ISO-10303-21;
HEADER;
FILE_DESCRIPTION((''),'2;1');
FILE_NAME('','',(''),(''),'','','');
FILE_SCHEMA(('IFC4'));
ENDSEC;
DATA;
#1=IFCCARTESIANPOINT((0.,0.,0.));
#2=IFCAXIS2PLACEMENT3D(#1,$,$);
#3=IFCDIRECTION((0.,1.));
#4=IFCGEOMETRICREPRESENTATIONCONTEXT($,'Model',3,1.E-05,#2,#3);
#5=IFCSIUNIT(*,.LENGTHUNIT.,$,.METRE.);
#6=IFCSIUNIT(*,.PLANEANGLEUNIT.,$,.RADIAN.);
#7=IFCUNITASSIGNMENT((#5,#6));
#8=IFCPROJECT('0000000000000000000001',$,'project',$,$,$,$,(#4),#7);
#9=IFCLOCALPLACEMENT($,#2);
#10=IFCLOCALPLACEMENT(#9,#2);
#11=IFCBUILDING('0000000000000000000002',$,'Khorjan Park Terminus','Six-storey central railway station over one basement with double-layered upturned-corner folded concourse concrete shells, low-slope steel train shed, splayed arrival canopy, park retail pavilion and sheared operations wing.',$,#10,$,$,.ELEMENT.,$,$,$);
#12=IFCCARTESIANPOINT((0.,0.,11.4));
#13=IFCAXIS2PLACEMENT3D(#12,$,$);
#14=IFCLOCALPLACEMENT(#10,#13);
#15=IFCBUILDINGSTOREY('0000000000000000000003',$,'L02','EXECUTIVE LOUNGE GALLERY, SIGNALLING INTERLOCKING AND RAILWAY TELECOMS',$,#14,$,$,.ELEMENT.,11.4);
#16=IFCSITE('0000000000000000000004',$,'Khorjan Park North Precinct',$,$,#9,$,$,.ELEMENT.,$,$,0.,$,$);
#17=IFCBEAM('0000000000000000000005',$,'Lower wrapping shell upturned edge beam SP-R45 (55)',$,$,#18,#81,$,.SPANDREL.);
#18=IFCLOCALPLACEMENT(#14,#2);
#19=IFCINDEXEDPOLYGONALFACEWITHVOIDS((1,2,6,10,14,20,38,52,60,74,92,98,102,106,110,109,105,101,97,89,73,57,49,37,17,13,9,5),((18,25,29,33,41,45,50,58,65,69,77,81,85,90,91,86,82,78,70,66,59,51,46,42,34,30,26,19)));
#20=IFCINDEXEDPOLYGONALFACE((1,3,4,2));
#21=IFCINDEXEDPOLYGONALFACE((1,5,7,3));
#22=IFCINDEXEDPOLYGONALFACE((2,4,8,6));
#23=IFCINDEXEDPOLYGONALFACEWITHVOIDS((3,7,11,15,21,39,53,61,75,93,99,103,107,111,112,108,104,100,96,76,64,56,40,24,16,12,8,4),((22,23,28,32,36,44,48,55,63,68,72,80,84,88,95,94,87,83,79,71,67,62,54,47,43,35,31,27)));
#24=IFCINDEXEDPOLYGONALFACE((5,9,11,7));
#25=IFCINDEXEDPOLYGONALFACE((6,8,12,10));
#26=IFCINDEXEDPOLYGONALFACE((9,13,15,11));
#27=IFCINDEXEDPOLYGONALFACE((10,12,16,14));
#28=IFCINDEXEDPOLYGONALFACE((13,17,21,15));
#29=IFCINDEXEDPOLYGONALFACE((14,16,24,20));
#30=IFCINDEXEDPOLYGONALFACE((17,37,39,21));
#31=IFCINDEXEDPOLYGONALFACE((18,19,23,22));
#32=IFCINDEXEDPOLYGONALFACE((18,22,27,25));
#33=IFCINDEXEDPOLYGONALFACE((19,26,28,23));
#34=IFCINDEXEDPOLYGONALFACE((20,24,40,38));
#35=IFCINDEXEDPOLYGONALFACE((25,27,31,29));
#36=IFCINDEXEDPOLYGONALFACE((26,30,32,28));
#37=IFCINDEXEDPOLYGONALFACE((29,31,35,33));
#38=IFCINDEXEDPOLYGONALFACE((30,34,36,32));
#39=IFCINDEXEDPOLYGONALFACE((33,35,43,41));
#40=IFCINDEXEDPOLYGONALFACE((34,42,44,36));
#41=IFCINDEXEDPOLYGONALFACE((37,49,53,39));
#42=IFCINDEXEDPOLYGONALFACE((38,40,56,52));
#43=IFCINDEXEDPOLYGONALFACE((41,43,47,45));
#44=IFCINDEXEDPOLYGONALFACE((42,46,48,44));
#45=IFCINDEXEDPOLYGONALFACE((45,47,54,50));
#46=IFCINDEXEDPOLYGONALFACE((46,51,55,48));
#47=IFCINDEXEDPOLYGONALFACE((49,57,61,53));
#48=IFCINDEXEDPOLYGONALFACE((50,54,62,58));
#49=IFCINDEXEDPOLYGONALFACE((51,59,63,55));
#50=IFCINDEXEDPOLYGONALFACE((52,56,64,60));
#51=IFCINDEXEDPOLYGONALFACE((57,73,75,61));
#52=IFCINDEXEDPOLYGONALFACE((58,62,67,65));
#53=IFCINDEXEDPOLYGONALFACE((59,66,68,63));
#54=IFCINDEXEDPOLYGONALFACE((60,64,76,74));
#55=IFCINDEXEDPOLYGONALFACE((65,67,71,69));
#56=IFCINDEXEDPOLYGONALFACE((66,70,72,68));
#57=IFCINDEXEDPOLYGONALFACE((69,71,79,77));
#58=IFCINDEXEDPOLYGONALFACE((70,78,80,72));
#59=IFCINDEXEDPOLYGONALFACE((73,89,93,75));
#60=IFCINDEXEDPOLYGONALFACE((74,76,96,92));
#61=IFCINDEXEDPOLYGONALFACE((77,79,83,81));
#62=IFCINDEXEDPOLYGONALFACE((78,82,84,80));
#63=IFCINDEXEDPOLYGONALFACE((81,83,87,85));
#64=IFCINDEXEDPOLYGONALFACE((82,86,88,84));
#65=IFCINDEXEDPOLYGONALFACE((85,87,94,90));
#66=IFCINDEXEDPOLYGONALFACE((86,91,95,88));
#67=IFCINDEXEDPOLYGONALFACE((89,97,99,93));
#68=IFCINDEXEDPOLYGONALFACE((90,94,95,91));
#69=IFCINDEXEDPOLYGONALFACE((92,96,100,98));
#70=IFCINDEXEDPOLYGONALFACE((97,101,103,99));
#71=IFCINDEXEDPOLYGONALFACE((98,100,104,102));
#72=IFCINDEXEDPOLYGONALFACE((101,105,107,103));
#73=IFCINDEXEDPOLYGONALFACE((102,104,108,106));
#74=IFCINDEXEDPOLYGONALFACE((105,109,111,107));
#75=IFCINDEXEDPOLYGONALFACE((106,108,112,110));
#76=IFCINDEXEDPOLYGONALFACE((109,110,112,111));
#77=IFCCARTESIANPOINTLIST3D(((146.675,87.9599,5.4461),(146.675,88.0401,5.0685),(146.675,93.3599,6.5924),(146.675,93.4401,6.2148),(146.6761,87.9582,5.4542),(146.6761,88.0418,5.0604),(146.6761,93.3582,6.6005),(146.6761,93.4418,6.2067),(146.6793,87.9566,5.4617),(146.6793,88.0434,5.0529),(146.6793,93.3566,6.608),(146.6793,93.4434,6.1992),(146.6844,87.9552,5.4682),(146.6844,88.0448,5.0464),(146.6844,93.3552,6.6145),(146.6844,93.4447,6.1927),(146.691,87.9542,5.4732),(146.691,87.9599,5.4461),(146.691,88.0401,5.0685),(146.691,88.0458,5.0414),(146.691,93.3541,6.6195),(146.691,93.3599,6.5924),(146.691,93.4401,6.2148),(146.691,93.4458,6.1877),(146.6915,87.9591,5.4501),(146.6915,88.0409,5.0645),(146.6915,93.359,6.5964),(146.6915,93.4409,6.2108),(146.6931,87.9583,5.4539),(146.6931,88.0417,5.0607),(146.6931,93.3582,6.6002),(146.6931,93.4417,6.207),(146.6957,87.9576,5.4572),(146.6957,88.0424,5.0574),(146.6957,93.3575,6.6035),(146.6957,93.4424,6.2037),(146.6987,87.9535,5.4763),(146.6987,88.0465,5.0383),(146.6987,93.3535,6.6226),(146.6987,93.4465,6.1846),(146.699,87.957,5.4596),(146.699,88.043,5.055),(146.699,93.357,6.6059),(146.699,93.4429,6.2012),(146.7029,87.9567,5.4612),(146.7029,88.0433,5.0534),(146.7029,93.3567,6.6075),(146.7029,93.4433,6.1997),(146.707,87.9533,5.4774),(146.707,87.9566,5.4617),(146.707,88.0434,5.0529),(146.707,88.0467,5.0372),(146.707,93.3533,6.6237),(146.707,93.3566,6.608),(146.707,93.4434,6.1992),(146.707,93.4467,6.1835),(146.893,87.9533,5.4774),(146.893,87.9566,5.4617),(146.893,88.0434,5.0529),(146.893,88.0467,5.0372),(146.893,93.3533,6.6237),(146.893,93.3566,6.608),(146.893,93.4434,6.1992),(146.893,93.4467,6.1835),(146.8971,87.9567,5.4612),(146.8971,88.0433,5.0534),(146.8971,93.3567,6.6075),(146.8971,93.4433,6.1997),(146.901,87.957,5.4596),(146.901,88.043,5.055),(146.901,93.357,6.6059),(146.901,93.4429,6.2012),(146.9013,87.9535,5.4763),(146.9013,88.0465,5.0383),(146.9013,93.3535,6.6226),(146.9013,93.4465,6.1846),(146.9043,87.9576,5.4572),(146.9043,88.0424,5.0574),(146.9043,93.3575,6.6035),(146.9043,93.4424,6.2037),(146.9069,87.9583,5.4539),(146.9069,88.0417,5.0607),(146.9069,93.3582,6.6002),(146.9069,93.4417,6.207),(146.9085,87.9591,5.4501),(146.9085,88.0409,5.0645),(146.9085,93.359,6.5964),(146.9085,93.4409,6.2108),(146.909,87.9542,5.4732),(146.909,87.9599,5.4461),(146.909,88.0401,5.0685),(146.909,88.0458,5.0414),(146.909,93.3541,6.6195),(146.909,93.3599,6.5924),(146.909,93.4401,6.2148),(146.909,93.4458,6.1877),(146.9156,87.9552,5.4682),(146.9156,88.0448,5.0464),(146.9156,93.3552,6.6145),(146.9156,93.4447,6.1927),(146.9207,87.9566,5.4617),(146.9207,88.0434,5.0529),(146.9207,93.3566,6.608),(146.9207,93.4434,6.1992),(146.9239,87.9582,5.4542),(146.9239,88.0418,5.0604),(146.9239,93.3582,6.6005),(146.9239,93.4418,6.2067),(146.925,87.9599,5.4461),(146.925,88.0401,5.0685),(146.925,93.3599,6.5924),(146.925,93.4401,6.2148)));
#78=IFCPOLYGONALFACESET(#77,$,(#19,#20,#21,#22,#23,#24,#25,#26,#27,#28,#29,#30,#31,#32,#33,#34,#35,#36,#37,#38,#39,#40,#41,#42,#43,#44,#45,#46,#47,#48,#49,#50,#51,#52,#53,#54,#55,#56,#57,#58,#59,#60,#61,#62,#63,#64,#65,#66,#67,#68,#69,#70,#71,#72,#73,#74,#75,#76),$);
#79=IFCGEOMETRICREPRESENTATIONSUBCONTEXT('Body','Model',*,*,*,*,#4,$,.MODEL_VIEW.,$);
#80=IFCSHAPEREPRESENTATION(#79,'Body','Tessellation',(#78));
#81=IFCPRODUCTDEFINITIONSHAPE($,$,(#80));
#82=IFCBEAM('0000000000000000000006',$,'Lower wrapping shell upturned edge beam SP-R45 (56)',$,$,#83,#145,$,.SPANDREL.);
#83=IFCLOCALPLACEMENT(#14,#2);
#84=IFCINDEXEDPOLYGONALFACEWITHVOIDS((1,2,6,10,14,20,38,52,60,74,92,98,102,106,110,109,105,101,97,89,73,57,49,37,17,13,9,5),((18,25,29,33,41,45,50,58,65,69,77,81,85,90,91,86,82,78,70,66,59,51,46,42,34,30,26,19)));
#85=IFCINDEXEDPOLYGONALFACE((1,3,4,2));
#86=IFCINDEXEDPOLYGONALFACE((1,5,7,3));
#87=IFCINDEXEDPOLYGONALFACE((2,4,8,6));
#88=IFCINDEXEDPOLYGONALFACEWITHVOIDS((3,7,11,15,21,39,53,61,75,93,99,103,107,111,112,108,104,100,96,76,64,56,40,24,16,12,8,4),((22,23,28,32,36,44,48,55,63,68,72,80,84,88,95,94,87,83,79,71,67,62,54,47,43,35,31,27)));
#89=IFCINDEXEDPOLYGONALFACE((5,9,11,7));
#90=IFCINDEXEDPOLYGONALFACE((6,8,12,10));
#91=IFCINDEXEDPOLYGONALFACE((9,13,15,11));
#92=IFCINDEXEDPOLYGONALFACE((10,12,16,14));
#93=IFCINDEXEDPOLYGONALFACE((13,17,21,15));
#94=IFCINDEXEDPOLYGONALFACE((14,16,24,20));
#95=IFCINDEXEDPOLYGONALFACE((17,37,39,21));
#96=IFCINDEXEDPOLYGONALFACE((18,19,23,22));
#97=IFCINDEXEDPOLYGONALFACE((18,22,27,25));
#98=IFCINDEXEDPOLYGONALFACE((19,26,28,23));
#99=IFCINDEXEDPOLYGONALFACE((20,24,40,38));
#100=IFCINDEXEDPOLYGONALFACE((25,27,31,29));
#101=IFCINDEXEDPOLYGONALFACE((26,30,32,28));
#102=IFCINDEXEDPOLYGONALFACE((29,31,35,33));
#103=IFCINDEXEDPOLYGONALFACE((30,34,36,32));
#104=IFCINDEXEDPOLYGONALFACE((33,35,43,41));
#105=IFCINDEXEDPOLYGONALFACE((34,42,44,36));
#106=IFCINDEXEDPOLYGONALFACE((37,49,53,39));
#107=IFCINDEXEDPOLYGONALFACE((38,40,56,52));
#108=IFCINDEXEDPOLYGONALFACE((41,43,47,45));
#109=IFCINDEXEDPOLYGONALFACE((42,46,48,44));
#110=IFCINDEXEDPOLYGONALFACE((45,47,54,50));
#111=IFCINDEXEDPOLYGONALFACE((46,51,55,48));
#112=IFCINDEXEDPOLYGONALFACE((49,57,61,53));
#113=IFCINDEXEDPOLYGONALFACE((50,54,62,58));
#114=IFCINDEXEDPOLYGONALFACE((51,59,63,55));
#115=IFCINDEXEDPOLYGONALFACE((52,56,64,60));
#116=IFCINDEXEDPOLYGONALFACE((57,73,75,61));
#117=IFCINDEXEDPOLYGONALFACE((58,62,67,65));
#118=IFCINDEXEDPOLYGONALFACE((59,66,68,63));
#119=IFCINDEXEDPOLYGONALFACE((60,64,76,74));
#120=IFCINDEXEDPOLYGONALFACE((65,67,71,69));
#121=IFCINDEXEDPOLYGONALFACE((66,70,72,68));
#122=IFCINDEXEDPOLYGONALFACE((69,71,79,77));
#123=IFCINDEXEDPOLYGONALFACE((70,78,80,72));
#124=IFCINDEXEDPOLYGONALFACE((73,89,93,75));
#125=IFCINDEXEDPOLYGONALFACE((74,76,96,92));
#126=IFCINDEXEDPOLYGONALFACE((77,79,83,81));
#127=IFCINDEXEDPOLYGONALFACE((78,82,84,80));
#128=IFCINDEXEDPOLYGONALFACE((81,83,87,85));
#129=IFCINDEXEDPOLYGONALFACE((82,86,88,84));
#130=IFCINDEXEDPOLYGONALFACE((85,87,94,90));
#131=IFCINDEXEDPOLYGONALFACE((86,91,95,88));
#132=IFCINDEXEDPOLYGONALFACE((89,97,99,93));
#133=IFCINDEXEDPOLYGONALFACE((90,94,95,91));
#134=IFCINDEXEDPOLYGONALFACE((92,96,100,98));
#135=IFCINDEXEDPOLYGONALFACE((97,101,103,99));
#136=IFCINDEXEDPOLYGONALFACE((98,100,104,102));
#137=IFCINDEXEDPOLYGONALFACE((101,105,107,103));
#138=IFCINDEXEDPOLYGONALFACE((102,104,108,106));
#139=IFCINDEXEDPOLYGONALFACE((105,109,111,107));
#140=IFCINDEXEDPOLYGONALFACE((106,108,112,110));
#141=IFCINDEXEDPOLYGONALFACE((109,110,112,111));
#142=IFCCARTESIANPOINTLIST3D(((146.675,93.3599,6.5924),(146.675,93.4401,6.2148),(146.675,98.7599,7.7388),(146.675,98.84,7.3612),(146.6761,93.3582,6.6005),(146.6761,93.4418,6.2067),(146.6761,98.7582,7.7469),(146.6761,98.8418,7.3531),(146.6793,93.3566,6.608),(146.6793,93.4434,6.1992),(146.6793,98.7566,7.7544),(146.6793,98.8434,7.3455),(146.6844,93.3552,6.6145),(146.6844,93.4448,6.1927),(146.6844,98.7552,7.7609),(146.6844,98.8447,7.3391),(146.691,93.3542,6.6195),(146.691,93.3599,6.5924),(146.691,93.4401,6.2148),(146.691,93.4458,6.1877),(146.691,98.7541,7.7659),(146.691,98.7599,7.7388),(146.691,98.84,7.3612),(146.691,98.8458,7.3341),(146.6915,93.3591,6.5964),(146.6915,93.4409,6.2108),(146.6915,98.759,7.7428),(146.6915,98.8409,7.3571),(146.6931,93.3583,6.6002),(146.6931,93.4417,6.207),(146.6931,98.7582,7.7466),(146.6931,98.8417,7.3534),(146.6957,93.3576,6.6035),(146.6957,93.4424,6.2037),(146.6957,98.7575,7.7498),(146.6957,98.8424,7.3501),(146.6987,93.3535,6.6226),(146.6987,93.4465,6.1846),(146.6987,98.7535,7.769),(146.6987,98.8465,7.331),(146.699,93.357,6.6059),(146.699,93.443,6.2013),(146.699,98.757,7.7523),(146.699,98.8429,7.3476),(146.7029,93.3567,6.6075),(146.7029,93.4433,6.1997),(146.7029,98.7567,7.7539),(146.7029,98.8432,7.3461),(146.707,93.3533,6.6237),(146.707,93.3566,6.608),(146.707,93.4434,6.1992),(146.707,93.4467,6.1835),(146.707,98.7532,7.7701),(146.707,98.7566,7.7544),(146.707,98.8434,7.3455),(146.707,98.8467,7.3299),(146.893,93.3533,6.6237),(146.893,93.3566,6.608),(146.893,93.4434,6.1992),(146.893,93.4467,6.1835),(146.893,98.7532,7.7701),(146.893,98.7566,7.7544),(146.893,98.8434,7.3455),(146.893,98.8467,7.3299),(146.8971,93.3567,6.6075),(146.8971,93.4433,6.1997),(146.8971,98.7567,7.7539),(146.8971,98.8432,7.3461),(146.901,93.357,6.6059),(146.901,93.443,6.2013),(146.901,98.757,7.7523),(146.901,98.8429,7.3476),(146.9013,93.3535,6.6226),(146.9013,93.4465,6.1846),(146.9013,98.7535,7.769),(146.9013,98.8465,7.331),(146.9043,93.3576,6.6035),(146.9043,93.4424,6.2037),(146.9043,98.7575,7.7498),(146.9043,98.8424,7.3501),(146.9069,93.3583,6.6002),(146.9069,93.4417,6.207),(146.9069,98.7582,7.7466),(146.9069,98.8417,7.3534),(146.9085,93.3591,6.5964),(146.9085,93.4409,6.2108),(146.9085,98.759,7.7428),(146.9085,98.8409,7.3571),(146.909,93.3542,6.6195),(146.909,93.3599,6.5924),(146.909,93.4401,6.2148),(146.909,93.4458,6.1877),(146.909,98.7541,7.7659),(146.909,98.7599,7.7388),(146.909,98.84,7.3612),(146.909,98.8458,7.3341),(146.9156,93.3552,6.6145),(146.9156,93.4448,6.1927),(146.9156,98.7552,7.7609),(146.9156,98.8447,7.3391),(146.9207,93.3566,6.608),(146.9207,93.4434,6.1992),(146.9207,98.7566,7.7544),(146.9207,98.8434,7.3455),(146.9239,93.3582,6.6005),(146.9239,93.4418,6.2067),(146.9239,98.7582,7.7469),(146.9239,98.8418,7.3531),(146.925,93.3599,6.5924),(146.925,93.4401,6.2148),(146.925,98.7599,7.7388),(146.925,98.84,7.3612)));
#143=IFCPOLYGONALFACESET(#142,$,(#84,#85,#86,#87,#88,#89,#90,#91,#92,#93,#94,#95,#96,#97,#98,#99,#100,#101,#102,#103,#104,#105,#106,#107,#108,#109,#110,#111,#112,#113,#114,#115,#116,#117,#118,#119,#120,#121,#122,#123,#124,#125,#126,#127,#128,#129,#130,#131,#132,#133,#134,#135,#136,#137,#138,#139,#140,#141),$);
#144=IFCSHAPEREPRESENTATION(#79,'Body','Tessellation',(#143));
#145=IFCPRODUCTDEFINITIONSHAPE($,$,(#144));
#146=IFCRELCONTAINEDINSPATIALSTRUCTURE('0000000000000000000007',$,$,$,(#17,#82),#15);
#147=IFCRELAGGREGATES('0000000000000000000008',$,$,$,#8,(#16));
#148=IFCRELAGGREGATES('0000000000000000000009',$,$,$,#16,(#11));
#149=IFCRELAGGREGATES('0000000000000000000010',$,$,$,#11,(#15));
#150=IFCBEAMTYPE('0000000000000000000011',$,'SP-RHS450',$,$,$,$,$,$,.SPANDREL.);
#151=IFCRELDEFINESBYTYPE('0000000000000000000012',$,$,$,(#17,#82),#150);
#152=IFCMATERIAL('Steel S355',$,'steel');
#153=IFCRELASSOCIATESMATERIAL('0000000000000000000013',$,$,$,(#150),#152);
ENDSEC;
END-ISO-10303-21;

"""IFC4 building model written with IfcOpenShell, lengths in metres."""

from ifc_helpers import new_model, si_unit, direction, frame, origin, origin_2d, place, context, subcontext, project, spatial, hollow_rectangle, extrude, material, material_profile, profile_set, type_object, element, save


model = new_model("IFC4")

# Units and contexts
model_context = context("Model", 3, precision=1e-05, world=origin(), true_north=direction((0.0, 1.0)))
body_context = subcontext(model_context, "Body", "Model", "MODEL_VIEW")
ifc_project = project(units=[si_unit("LENGTHUNIT", "METRE"), si_unit("PLANEANGLEUNIT", "RADIAN")], contexts=[model_context])

# Site, building, storey
site_placement = place(None, origin())
site = spatial("IfcSite", under=ifc_project, at=site_placement, Name="Khorjan Park North Precinct", CompositionType="ELEMENT", RefElevation=0.0)
building_placement = place(site_placement, origin())
building = spatial("IfcBuilding", under=site, at=building_placement, Name="Khorjan Park Terminus", Description="Six-storey central railway station over one basement with double-layered upturned-corner folded concourse concrete shells, low-slope steel train shed, splayed arrival canopy, park retail pavilion and sheared operations wing.", CompositionType="ELEMENT")
storey_placement = place(building_placement, frame((0.0, 0.0, 11.4)))
storey = spatial("IfcBuildingStorey", under=building, at=storey_placement, Name="L02", Description="EXECUTIVE LOUNGE GALLERY, SIGNALLING INTERLOCKING AND RAILWAY TELECOMS", CompositionType="ELEMENT", Elevation=11.4)

# Shared definitions
ifc_material_1 = material(Name="Steel S355", Category="steel")

# Beams
ifc_material_profile_1 = material_profile(ifc_material_1, hollow_rectangle(XDim=0.25, YDim=0.45, WallThickness=0.016, InnerFilletRadius=0.016, OuterFilletRadius=0.032, at=origin_2d()), Name="RHS 450x250x16")
ifc_profile_set_1 = profile_set([ifc_material_profile_1], Name="Steel S355")
beam_type = type_object("IfcBeamType", Name="SP-RHS450", PredefinedType="SPANDREL", material=ifc_profile_set_1)
for number, where, z_axis, x_axis, name in (
    (1, (146.8, 88.0, 5.2573), (0.0, 0.978203, 0.207651), (-1.0, 0.0, 0.0), "Lower wrapping shell upturned edge beam SP-R45 (55)"),
    (2, (146.8, 93.4, 6.4036), (0.0, 0.978199, 0.207668), (-1.0, 0.0, 0.0), "Lower wrapping shell upturned edge beam SP-R45 (56)"),
):
    element("IfcBeam", number, at=place(storey_placement, frame(where, z_axis=z_axis, x_axis=x_axis)), inside=storey, type_object=beam_type, Name=name, PredefinedType="SPANDREL", context=body_context, shape_type="SweptSolid", body=[
        extrude(hollow_rectangle(XDim=0.25, YDim=0.45, WallThickness=0.016, InnerFilletRadius=0.016, OuterFilletRadius=0.032, at=origin_2d()), origin(), (0.0, 0.0, 1.0), 5.5203),
    ])

save(model, "model.ifc")
